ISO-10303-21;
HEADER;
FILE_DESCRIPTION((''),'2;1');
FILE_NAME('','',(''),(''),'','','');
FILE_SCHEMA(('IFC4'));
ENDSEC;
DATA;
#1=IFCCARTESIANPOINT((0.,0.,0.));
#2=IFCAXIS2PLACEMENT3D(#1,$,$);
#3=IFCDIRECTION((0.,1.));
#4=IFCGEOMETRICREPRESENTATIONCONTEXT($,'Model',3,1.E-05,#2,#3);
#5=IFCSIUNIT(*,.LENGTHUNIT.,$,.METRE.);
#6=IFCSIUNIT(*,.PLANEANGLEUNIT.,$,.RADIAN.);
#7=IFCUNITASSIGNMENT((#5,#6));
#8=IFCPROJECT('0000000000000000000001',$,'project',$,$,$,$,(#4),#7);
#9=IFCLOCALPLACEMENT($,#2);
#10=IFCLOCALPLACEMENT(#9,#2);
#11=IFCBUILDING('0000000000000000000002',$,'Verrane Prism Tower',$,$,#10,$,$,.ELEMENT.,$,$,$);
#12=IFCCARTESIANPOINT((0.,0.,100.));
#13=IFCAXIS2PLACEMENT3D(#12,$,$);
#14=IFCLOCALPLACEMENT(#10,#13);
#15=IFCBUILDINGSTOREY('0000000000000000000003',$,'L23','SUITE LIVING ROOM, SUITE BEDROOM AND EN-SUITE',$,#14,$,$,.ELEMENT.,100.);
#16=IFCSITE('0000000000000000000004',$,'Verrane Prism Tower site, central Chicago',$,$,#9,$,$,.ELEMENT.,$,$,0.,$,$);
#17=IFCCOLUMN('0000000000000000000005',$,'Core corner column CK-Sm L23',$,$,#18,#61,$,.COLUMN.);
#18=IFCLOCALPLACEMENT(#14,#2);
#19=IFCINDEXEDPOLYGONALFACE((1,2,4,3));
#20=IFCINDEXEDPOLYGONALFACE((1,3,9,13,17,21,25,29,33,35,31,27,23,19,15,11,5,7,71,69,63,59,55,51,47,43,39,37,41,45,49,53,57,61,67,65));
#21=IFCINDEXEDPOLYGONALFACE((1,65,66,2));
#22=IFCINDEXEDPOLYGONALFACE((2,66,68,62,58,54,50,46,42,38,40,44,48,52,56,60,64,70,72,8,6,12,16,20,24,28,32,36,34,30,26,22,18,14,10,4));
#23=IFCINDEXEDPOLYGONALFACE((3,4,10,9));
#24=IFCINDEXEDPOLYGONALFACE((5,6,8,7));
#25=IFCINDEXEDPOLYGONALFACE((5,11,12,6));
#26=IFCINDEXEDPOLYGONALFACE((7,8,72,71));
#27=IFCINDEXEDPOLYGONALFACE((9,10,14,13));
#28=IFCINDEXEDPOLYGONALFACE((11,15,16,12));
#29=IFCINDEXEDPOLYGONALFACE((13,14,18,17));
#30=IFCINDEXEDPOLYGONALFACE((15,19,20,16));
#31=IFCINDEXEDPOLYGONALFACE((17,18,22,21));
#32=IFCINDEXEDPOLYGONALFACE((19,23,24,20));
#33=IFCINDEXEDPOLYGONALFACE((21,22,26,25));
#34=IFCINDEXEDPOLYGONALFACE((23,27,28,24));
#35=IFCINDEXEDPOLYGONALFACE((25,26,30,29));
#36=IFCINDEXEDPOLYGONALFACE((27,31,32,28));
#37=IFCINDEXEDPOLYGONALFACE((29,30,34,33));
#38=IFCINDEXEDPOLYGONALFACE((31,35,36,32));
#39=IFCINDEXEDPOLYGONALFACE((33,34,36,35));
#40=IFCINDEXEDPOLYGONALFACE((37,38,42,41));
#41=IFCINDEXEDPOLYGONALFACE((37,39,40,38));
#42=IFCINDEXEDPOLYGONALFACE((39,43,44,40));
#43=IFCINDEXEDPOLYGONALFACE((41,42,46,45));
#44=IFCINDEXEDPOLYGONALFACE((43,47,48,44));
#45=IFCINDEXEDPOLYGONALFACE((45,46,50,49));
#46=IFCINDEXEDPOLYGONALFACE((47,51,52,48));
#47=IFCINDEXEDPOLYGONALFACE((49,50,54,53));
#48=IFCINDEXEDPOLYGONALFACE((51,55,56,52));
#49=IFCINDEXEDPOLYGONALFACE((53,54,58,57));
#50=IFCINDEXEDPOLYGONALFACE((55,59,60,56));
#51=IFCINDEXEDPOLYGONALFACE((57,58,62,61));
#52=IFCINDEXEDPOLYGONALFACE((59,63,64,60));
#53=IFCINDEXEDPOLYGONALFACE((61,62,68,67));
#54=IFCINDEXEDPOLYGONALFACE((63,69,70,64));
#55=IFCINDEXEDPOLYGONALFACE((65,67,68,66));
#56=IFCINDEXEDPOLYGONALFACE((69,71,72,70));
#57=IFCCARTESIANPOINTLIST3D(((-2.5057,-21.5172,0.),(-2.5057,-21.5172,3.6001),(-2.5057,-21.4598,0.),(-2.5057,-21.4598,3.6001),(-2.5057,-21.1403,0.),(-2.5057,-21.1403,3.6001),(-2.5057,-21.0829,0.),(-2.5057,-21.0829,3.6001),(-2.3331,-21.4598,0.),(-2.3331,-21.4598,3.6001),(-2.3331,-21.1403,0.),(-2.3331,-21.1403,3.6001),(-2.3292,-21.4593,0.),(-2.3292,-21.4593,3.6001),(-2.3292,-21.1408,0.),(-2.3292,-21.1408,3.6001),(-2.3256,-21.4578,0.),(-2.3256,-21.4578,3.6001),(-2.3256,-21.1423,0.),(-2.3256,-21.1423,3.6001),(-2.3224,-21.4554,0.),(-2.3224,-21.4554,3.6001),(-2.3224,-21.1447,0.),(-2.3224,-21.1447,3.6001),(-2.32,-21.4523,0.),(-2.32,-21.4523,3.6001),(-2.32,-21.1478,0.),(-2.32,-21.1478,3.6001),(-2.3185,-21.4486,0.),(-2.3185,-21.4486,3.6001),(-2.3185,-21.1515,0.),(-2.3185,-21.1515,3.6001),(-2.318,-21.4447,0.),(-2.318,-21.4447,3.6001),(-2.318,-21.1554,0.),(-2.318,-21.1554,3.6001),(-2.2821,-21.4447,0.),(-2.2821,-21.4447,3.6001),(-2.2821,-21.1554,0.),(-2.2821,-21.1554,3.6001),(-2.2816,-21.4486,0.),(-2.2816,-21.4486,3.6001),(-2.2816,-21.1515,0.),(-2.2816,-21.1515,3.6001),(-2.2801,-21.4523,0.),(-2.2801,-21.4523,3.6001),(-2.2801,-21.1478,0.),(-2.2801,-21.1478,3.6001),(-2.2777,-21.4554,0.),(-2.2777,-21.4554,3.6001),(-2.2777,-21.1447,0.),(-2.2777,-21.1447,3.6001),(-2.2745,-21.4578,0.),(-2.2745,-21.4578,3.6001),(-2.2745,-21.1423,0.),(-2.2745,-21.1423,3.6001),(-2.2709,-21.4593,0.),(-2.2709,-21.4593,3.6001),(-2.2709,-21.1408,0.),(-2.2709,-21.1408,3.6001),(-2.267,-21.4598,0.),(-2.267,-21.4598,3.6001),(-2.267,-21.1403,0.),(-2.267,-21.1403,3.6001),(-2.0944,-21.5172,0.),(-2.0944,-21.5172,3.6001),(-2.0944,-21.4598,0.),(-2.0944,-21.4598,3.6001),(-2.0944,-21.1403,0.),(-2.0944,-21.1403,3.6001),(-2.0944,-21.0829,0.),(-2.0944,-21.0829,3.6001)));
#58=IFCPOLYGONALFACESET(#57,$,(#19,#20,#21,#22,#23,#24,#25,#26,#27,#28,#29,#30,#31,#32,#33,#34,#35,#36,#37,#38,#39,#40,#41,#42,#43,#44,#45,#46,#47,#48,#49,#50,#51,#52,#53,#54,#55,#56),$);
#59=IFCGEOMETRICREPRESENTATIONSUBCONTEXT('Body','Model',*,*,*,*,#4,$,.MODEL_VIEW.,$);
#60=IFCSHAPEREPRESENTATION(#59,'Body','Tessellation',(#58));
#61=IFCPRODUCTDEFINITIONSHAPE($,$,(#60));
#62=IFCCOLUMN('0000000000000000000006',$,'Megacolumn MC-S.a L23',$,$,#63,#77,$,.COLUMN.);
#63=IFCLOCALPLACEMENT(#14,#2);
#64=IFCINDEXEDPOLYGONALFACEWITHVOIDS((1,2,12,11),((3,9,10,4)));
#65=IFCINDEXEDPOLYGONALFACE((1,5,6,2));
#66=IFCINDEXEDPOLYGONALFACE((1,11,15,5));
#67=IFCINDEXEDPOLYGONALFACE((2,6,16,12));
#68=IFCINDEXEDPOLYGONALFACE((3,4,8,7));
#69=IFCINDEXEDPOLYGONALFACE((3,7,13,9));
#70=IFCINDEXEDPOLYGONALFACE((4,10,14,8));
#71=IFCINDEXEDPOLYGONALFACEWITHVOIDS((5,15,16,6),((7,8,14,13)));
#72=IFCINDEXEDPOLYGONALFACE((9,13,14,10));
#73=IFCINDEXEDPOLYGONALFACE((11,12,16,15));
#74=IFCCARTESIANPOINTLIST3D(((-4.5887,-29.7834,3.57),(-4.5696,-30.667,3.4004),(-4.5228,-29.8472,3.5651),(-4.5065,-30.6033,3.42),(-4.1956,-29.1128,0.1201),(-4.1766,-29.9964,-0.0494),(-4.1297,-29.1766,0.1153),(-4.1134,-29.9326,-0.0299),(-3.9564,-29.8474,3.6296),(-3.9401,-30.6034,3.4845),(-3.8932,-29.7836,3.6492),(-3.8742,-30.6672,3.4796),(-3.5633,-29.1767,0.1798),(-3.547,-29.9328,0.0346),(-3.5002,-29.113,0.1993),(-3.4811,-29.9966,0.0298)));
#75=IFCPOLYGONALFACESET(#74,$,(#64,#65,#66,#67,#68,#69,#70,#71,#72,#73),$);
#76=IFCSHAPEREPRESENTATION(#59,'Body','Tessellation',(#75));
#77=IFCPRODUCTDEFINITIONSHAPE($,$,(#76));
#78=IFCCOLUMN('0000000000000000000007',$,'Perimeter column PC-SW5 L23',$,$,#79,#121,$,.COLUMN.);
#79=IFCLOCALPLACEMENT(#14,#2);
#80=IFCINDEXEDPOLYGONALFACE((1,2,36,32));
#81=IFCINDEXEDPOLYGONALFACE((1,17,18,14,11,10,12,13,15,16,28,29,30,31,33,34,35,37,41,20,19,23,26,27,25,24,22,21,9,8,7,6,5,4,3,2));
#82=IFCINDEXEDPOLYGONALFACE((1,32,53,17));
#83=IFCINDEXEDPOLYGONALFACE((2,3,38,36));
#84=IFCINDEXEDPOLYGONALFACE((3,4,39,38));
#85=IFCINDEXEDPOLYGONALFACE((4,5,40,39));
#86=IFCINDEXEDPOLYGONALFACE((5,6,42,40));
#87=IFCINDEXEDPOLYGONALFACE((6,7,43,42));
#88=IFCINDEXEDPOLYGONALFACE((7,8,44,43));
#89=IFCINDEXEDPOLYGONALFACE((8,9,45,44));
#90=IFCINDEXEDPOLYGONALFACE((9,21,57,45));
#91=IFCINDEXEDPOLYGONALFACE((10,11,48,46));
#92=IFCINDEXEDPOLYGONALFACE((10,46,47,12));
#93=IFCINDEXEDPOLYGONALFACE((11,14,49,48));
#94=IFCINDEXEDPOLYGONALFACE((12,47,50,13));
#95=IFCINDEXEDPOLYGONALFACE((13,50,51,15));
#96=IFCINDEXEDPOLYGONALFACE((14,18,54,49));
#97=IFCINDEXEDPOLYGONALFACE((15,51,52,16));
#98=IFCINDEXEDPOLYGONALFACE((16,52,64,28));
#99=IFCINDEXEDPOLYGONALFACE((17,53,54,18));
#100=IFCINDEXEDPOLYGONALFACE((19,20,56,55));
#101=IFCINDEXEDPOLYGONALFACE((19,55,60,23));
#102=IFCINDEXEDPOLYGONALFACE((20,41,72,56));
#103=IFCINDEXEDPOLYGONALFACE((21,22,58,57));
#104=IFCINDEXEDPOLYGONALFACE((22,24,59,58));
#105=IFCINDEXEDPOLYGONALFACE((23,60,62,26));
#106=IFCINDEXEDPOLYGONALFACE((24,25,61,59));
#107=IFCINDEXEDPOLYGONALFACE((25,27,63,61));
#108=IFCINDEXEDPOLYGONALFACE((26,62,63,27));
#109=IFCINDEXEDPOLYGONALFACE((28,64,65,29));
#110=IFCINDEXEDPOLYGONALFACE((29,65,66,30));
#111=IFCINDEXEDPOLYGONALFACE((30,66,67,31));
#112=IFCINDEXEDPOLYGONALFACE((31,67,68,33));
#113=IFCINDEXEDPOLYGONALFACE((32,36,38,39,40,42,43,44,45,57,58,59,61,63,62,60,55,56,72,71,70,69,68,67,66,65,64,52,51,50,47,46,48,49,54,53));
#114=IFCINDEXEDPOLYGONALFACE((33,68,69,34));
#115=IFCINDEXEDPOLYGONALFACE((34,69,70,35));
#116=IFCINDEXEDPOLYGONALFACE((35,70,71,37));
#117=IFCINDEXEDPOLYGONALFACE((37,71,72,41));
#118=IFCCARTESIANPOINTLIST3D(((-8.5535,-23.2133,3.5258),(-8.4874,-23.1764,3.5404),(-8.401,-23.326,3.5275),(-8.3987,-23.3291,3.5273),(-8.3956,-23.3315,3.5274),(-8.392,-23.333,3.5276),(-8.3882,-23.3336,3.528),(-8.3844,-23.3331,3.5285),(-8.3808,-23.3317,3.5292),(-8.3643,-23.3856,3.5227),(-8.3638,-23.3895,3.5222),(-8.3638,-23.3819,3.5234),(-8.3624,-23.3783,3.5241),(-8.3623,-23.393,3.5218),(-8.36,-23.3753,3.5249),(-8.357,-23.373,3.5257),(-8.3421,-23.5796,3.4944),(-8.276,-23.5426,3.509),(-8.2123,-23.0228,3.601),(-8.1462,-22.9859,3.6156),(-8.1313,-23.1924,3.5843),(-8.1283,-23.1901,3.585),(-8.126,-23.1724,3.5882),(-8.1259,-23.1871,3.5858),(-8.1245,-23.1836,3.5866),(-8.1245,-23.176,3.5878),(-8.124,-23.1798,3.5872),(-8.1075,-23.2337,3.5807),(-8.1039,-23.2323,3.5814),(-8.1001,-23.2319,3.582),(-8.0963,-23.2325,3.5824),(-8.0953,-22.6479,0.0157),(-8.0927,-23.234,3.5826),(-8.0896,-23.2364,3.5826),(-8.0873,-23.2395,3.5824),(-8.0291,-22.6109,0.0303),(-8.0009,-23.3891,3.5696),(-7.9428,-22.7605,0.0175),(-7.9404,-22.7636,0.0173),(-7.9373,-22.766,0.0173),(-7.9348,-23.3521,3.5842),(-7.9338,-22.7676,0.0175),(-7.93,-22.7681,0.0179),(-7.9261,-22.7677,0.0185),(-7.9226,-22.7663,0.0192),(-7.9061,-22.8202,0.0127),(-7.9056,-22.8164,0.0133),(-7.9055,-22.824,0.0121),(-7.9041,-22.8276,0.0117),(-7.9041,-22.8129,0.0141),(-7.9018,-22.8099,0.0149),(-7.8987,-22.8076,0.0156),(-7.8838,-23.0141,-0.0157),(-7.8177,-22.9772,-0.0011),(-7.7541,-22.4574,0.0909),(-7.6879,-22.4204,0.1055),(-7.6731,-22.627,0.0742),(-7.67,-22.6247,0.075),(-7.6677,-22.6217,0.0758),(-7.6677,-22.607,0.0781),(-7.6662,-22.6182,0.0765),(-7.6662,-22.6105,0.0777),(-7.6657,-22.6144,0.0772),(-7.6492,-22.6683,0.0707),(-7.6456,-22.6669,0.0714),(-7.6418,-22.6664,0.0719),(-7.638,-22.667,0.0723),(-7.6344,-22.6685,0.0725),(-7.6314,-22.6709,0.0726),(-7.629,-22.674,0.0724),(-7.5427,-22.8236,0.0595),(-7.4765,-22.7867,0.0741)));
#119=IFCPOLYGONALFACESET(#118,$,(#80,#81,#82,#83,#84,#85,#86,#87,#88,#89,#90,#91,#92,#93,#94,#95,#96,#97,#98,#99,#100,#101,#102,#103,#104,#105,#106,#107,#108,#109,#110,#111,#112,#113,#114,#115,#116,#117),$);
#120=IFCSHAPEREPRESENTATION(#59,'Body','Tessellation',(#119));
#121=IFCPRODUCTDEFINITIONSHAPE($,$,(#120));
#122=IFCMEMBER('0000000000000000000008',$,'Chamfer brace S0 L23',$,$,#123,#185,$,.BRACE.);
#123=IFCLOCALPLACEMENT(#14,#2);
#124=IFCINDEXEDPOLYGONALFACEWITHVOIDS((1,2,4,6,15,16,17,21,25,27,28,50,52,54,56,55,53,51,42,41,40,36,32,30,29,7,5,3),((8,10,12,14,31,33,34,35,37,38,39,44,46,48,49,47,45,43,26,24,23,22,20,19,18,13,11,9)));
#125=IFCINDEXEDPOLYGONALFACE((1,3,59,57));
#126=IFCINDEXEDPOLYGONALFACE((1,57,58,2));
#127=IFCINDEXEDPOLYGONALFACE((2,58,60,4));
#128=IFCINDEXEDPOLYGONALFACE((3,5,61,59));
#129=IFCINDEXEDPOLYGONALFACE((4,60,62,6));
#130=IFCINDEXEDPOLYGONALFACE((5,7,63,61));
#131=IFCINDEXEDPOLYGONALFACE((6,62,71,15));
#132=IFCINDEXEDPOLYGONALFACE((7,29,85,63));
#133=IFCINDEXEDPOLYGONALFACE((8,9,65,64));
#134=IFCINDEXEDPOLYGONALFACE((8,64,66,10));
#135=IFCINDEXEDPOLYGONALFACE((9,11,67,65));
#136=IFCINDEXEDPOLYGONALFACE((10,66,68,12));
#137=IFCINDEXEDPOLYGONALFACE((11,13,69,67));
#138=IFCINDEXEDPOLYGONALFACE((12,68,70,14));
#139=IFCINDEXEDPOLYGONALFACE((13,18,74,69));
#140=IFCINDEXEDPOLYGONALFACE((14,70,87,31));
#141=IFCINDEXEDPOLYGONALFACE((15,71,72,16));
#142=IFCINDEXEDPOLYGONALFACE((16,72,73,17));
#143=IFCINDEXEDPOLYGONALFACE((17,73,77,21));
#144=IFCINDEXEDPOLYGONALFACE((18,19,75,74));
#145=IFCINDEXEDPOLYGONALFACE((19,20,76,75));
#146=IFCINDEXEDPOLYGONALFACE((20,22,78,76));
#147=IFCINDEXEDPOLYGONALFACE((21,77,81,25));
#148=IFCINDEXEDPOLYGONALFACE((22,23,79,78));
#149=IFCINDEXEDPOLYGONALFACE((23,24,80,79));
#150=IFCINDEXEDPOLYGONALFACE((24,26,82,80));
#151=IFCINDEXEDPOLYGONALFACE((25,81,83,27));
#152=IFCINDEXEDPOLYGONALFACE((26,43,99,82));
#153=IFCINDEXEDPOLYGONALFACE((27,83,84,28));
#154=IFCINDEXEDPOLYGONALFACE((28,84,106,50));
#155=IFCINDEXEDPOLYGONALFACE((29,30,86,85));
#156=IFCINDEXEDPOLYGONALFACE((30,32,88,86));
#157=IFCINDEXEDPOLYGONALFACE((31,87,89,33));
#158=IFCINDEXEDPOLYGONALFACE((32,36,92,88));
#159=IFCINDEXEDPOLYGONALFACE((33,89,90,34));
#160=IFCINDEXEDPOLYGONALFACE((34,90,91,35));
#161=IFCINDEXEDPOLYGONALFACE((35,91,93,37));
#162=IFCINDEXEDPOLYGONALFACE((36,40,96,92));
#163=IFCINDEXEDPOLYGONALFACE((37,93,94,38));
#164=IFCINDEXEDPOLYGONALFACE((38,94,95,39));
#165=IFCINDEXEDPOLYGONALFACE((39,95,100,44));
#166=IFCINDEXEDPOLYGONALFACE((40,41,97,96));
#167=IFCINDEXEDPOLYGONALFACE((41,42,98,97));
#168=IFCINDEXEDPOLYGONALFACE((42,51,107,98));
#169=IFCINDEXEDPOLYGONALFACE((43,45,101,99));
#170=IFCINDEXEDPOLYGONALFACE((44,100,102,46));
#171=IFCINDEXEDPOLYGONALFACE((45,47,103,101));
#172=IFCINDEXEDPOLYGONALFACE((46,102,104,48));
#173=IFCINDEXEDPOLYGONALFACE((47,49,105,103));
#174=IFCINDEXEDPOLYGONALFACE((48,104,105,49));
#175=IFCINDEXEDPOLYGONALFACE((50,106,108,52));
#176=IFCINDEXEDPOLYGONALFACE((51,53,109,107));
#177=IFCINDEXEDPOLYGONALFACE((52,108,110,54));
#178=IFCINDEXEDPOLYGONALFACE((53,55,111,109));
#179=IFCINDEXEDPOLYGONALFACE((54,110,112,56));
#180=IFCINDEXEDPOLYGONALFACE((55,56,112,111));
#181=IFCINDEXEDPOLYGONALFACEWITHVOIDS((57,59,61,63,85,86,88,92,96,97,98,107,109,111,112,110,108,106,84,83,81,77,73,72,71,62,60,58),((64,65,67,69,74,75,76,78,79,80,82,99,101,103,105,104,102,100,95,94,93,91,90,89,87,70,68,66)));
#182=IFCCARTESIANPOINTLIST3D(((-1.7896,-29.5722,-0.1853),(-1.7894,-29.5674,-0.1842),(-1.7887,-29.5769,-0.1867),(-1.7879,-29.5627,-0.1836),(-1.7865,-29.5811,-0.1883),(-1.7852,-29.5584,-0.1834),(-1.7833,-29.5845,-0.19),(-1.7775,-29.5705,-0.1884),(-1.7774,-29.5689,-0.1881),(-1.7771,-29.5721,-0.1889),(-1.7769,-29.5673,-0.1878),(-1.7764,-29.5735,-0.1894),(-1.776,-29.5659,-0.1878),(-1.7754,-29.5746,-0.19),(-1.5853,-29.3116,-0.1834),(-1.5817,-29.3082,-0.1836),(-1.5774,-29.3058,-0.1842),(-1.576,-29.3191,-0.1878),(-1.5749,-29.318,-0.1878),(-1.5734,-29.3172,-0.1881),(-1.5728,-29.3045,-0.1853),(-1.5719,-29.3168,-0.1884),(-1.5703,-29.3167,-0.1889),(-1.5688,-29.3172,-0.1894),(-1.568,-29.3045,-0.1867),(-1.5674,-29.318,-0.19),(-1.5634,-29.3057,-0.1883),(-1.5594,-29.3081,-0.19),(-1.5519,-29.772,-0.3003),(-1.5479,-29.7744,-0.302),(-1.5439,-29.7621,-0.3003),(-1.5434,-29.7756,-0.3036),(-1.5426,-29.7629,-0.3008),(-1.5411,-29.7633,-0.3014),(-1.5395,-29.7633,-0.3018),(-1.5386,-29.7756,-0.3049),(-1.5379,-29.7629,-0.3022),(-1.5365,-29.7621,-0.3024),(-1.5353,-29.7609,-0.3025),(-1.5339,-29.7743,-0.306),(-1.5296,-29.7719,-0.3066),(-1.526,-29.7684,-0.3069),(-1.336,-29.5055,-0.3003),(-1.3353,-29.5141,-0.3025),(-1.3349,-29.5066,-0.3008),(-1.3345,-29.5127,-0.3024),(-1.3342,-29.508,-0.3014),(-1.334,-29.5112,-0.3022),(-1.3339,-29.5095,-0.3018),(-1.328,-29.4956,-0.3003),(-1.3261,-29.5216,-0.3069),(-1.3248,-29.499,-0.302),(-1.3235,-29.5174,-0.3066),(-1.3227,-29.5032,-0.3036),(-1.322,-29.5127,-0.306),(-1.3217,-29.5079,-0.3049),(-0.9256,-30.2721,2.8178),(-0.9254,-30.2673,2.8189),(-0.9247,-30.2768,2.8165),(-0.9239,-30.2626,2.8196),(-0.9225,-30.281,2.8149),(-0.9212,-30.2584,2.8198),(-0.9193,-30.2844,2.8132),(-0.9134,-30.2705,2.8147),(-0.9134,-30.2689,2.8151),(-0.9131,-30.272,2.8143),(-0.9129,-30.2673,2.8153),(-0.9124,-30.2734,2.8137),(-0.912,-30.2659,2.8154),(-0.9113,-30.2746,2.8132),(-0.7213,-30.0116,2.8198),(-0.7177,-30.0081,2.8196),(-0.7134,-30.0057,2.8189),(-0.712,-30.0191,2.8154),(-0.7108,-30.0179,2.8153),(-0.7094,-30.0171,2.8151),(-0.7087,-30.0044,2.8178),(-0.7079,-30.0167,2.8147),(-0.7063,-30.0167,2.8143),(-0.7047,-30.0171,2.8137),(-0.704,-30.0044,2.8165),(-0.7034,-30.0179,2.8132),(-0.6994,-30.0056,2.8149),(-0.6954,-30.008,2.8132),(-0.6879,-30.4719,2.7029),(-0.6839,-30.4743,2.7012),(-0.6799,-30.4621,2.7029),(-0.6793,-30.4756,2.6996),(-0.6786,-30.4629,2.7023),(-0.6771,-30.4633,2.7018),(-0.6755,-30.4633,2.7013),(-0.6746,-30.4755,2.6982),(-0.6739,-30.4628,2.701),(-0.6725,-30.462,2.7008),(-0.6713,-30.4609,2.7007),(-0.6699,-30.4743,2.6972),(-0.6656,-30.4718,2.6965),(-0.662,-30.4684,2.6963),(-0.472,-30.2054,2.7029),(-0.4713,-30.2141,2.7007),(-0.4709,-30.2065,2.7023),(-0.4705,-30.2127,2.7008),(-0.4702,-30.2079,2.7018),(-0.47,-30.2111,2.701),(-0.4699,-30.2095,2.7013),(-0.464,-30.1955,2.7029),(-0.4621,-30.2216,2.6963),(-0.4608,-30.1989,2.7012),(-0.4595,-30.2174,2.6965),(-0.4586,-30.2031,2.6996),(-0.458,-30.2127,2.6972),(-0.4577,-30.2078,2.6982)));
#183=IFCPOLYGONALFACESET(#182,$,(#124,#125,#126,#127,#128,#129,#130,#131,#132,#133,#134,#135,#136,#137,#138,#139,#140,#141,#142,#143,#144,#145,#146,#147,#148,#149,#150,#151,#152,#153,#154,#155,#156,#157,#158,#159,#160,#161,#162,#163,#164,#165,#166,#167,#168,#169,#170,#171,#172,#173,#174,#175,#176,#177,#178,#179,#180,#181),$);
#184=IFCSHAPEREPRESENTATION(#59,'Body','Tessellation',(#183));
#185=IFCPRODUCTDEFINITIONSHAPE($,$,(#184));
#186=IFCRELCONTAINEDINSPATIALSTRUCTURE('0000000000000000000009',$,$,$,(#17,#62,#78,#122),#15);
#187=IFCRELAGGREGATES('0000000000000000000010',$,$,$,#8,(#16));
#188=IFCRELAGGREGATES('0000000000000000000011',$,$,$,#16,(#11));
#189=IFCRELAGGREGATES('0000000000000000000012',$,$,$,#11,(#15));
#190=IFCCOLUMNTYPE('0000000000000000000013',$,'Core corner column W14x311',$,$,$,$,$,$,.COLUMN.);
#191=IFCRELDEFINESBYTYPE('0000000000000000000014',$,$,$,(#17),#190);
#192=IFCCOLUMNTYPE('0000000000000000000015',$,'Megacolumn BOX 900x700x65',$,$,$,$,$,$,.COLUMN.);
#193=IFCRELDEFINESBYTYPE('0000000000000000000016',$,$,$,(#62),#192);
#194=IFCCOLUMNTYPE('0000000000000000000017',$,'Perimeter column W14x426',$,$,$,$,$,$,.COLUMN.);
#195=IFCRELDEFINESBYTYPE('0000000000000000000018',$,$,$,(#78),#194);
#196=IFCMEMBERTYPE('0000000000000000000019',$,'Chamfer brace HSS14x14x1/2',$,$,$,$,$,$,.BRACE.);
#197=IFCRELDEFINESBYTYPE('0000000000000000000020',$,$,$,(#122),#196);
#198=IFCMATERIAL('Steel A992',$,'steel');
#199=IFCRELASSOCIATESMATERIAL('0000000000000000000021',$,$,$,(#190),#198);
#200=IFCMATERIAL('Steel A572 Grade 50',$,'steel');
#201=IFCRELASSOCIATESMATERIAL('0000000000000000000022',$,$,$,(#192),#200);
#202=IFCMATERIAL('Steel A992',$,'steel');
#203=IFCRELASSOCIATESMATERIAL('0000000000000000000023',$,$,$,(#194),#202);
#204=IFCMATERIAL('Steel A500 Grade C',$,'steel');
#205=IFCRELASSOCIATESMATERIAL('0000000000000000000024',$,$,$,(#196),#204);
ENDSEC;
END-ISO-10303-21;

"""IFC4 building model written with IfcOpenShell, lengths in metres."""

from ifc_helpers import new_model, si_unit, direction, frame, origin, origin_2d, place, context, subcontext, project, spatial, hollow_rectangle, i_section, extrude, material, material_profile, profile_set, type_object, element, save


model = new_model("IFC4")

# Units and contexts
model_context = context("Model", 3, precision=1e-05, world=origin(), true_north=direction((0.0, 1.0)))
body_context = subcontext(model_context, "Body", "Model", "MODEL_VIEW")
ifc_project = project(units=[si_unit("LENGTHUNIT", "METRE"), si_unit("PLANEANGLEUNIT", "RADIAN")], contexts=[model_context])

# Site, building, storey
site_placement = place(None, origin())
site = spatial("IfcSite", under=ifc_project, at=site_placement, Name="Verrane Prism Tower site, central Chicago", CompositionType="ELEMENT", RefElevation=0.0)
building_placement = place(site_placement, origin())
building = spatial("IfcBuilding", under=site, at=building_placement, Name="Verrane Prism Tower", CompositionType="ELEMENT")
storey_placement = place(building_placement, frame((0.0, 0.0, 100.0)))
storey = spatial("IfcBuildingStorey", under=building, at=storey_placement, Name="L23", Description="SUITE LIVING ROOM, SUITE BEDROOM AND EN-SUITE", CompositionType="ELEMENT", Elevation=100.0)

# Columns
ifc_material_1 = material(Name="Steel A992", Category="steel")
ifc_material_profile_1 = material_profile(ifc_material_1, i_section(OverallWidth=0.4114, OverallDepth=0.4343, WebThickness=0.0359, FlangeThickness=0.0574, FilletRadius=0.0151, at=origin_2d()), Name="W14x311")
ifc_profile_set_1 = profile_set([ifc_material_profile_1], Name="Steel A992")
column_type_1 = type_object("IfcColumnType", Name="Core corner column W14x311", PredefinedType="COLUMN", material=ifc_profile_set_1)
column_1_placement = place(storey_placement, frame((-2.3, -21.3, 0.0), z_axis=(0.0, 0.0, 1.0), x_axis=(-1.0, 0.0, 0.0)))
element("IfcColumn", 1, at=column_1_placement, inside=storey, type_object=column_type_1, Name="Core corner column CK-Sm L23", PredefinedType="COLUMN", context=body_context, shape_type="SweptSolid", body=[
    extrude(i_section(OverallWidth=0.4114, OverallDepth=0.4343, WebThickness=0.0359, FlangeThickness=0.0574, FilletRadius=0.0151, at=origin_2d()), origin(), (0.0, 0.0, 1.0), 3.6001),
])
ifc_material_2 = material(Name="Steel A572 Grade 50", Category="steel")
ifc_material_profile_2 = material_profile(ifc_material_2, hollow_rectangle(XDim=0.7, YDim=0.8999, WallThickness=0.0649, at=origin_2d()), Name="BOX 900x700x65")
ifc_profile_set_2 = profile_set([ifc_material_profile_2], Name="Steel A572 Grade 50")
column_type_2 = type_object("IfcColumnType", Name="Megacolumn BOX 900x700x65", PredefinedType="COLUMN", material=ifc_profile_set_2)
column_2_placement = place(storey_placement, frame((-3.8384, -29.5547, 0.075), z_axis=(-0.111147, -0.189641, 0.975542), x_axis=(-0.993578, 0.000278, -0.113148)))
element("IfcColumn", 2, at=column_2_placement, inside=storey, type_object=column_type_2, Name="Megacolumn MC-S.a L23", PredefinedType="COLUMN", context=body_context, shape_type="SweptSolid", body=[
    extrude(hollow_rectangle(XDim=0.7, YDim=0.8999, WallThickness=0.0649, at=origin_2d()), origin(), (0.0, 0.0, 1.0), 3.5364),
])
ifc_material_3 = material(Name="Steel A992", Category="steel")
ifc_material_profile_3 = material_profile(ifc_material_3, i_section(OverallWidth=0.4241, OverallDepth=0.4751, WebThickness=0.0479, FlangeThickness=0.0771, FilletRadius=0.0149, at=origin_2d()), Name="W14x426")
ifc_profile_set_3 = profile_set([ifc_material_profile_3], Name="Steel A992")
column_type_3 = type_object("IfcColumnType", Name="Perimeter column W14x426", PredefinedType="COLUMN", material=ifc_profile_set_3)
column_3_placement = place(storey_placement, frame((-7.7859, -22.7173, 0.0449), z_axis=(-0.127837, -0.157735, 0.979172), x_axis=(-0.498572, 0.86368, 0.074039)))
element("IfcColumn", 3, at=column_3_placement, inside=storey, type_object=column_type_3, Name="Perimeter column PC-SW5 L23", PredefinedType="COLUMN", context=body_context, shape_type="SweptSolid", body=[
    extrude(i_section(OverallWidth=0.4241, OverallDepth=0.4751, WebThickness=0.0479, FlangeThickness=0.0771, FilletRadius=0.0149, at=origin_2d()), origin(), (0.0, 0.0, 1.0), 3.5847),
])

# Member
ifc_material_4 = material(Name="Steel A500 Grade C", Category="steel")
ifc_material_profile_4 = material_profile(ifc_material_4, hollow_rectangle(XDim=0.3557, YDim=0.3557, WallThickness=0.0127, InnerFilletRadius=0.0063, OuterFilletRadius=0.019, at=origin_2d()), Name="HSS14x14x1/2")
ifc_profile_set_4 = profile_set([ifc_material_profile_4], Name="Steel A500 Grade C")
member_type_1 = type_object("IfcMemberType", Name="Chamfer brace HSS14x14x1/2", PredefinedType="BRACE", material=ifc_profile_set_4)
member_1_placement = place(storey_placement, frame((-1.5557, -29.54, -0.2451), z_axis=(0.2698, -0.218569, 0.937782), x_axis=(0.629476, 0.77702, 0.0)))
element("IfcMember", 4, at=member_1_placement, inside=storey, type_object=member_type_1, Name="Chamfer brace S0 L23", PredefinedType="BRACE", context=body_context, shape_type="SweptSolid", body=[
    extrude(hollow_rectangle(XDim=0.3557, YDim=0.3557, WallThickness=0.0127, InnerFilletRadius=0.0063, OuterFilletRadius=0.019, at=origin_2d()), origin(), (0.0, 0.0, 1.0), 3.2024),
])

save(model, "model.ifc")
